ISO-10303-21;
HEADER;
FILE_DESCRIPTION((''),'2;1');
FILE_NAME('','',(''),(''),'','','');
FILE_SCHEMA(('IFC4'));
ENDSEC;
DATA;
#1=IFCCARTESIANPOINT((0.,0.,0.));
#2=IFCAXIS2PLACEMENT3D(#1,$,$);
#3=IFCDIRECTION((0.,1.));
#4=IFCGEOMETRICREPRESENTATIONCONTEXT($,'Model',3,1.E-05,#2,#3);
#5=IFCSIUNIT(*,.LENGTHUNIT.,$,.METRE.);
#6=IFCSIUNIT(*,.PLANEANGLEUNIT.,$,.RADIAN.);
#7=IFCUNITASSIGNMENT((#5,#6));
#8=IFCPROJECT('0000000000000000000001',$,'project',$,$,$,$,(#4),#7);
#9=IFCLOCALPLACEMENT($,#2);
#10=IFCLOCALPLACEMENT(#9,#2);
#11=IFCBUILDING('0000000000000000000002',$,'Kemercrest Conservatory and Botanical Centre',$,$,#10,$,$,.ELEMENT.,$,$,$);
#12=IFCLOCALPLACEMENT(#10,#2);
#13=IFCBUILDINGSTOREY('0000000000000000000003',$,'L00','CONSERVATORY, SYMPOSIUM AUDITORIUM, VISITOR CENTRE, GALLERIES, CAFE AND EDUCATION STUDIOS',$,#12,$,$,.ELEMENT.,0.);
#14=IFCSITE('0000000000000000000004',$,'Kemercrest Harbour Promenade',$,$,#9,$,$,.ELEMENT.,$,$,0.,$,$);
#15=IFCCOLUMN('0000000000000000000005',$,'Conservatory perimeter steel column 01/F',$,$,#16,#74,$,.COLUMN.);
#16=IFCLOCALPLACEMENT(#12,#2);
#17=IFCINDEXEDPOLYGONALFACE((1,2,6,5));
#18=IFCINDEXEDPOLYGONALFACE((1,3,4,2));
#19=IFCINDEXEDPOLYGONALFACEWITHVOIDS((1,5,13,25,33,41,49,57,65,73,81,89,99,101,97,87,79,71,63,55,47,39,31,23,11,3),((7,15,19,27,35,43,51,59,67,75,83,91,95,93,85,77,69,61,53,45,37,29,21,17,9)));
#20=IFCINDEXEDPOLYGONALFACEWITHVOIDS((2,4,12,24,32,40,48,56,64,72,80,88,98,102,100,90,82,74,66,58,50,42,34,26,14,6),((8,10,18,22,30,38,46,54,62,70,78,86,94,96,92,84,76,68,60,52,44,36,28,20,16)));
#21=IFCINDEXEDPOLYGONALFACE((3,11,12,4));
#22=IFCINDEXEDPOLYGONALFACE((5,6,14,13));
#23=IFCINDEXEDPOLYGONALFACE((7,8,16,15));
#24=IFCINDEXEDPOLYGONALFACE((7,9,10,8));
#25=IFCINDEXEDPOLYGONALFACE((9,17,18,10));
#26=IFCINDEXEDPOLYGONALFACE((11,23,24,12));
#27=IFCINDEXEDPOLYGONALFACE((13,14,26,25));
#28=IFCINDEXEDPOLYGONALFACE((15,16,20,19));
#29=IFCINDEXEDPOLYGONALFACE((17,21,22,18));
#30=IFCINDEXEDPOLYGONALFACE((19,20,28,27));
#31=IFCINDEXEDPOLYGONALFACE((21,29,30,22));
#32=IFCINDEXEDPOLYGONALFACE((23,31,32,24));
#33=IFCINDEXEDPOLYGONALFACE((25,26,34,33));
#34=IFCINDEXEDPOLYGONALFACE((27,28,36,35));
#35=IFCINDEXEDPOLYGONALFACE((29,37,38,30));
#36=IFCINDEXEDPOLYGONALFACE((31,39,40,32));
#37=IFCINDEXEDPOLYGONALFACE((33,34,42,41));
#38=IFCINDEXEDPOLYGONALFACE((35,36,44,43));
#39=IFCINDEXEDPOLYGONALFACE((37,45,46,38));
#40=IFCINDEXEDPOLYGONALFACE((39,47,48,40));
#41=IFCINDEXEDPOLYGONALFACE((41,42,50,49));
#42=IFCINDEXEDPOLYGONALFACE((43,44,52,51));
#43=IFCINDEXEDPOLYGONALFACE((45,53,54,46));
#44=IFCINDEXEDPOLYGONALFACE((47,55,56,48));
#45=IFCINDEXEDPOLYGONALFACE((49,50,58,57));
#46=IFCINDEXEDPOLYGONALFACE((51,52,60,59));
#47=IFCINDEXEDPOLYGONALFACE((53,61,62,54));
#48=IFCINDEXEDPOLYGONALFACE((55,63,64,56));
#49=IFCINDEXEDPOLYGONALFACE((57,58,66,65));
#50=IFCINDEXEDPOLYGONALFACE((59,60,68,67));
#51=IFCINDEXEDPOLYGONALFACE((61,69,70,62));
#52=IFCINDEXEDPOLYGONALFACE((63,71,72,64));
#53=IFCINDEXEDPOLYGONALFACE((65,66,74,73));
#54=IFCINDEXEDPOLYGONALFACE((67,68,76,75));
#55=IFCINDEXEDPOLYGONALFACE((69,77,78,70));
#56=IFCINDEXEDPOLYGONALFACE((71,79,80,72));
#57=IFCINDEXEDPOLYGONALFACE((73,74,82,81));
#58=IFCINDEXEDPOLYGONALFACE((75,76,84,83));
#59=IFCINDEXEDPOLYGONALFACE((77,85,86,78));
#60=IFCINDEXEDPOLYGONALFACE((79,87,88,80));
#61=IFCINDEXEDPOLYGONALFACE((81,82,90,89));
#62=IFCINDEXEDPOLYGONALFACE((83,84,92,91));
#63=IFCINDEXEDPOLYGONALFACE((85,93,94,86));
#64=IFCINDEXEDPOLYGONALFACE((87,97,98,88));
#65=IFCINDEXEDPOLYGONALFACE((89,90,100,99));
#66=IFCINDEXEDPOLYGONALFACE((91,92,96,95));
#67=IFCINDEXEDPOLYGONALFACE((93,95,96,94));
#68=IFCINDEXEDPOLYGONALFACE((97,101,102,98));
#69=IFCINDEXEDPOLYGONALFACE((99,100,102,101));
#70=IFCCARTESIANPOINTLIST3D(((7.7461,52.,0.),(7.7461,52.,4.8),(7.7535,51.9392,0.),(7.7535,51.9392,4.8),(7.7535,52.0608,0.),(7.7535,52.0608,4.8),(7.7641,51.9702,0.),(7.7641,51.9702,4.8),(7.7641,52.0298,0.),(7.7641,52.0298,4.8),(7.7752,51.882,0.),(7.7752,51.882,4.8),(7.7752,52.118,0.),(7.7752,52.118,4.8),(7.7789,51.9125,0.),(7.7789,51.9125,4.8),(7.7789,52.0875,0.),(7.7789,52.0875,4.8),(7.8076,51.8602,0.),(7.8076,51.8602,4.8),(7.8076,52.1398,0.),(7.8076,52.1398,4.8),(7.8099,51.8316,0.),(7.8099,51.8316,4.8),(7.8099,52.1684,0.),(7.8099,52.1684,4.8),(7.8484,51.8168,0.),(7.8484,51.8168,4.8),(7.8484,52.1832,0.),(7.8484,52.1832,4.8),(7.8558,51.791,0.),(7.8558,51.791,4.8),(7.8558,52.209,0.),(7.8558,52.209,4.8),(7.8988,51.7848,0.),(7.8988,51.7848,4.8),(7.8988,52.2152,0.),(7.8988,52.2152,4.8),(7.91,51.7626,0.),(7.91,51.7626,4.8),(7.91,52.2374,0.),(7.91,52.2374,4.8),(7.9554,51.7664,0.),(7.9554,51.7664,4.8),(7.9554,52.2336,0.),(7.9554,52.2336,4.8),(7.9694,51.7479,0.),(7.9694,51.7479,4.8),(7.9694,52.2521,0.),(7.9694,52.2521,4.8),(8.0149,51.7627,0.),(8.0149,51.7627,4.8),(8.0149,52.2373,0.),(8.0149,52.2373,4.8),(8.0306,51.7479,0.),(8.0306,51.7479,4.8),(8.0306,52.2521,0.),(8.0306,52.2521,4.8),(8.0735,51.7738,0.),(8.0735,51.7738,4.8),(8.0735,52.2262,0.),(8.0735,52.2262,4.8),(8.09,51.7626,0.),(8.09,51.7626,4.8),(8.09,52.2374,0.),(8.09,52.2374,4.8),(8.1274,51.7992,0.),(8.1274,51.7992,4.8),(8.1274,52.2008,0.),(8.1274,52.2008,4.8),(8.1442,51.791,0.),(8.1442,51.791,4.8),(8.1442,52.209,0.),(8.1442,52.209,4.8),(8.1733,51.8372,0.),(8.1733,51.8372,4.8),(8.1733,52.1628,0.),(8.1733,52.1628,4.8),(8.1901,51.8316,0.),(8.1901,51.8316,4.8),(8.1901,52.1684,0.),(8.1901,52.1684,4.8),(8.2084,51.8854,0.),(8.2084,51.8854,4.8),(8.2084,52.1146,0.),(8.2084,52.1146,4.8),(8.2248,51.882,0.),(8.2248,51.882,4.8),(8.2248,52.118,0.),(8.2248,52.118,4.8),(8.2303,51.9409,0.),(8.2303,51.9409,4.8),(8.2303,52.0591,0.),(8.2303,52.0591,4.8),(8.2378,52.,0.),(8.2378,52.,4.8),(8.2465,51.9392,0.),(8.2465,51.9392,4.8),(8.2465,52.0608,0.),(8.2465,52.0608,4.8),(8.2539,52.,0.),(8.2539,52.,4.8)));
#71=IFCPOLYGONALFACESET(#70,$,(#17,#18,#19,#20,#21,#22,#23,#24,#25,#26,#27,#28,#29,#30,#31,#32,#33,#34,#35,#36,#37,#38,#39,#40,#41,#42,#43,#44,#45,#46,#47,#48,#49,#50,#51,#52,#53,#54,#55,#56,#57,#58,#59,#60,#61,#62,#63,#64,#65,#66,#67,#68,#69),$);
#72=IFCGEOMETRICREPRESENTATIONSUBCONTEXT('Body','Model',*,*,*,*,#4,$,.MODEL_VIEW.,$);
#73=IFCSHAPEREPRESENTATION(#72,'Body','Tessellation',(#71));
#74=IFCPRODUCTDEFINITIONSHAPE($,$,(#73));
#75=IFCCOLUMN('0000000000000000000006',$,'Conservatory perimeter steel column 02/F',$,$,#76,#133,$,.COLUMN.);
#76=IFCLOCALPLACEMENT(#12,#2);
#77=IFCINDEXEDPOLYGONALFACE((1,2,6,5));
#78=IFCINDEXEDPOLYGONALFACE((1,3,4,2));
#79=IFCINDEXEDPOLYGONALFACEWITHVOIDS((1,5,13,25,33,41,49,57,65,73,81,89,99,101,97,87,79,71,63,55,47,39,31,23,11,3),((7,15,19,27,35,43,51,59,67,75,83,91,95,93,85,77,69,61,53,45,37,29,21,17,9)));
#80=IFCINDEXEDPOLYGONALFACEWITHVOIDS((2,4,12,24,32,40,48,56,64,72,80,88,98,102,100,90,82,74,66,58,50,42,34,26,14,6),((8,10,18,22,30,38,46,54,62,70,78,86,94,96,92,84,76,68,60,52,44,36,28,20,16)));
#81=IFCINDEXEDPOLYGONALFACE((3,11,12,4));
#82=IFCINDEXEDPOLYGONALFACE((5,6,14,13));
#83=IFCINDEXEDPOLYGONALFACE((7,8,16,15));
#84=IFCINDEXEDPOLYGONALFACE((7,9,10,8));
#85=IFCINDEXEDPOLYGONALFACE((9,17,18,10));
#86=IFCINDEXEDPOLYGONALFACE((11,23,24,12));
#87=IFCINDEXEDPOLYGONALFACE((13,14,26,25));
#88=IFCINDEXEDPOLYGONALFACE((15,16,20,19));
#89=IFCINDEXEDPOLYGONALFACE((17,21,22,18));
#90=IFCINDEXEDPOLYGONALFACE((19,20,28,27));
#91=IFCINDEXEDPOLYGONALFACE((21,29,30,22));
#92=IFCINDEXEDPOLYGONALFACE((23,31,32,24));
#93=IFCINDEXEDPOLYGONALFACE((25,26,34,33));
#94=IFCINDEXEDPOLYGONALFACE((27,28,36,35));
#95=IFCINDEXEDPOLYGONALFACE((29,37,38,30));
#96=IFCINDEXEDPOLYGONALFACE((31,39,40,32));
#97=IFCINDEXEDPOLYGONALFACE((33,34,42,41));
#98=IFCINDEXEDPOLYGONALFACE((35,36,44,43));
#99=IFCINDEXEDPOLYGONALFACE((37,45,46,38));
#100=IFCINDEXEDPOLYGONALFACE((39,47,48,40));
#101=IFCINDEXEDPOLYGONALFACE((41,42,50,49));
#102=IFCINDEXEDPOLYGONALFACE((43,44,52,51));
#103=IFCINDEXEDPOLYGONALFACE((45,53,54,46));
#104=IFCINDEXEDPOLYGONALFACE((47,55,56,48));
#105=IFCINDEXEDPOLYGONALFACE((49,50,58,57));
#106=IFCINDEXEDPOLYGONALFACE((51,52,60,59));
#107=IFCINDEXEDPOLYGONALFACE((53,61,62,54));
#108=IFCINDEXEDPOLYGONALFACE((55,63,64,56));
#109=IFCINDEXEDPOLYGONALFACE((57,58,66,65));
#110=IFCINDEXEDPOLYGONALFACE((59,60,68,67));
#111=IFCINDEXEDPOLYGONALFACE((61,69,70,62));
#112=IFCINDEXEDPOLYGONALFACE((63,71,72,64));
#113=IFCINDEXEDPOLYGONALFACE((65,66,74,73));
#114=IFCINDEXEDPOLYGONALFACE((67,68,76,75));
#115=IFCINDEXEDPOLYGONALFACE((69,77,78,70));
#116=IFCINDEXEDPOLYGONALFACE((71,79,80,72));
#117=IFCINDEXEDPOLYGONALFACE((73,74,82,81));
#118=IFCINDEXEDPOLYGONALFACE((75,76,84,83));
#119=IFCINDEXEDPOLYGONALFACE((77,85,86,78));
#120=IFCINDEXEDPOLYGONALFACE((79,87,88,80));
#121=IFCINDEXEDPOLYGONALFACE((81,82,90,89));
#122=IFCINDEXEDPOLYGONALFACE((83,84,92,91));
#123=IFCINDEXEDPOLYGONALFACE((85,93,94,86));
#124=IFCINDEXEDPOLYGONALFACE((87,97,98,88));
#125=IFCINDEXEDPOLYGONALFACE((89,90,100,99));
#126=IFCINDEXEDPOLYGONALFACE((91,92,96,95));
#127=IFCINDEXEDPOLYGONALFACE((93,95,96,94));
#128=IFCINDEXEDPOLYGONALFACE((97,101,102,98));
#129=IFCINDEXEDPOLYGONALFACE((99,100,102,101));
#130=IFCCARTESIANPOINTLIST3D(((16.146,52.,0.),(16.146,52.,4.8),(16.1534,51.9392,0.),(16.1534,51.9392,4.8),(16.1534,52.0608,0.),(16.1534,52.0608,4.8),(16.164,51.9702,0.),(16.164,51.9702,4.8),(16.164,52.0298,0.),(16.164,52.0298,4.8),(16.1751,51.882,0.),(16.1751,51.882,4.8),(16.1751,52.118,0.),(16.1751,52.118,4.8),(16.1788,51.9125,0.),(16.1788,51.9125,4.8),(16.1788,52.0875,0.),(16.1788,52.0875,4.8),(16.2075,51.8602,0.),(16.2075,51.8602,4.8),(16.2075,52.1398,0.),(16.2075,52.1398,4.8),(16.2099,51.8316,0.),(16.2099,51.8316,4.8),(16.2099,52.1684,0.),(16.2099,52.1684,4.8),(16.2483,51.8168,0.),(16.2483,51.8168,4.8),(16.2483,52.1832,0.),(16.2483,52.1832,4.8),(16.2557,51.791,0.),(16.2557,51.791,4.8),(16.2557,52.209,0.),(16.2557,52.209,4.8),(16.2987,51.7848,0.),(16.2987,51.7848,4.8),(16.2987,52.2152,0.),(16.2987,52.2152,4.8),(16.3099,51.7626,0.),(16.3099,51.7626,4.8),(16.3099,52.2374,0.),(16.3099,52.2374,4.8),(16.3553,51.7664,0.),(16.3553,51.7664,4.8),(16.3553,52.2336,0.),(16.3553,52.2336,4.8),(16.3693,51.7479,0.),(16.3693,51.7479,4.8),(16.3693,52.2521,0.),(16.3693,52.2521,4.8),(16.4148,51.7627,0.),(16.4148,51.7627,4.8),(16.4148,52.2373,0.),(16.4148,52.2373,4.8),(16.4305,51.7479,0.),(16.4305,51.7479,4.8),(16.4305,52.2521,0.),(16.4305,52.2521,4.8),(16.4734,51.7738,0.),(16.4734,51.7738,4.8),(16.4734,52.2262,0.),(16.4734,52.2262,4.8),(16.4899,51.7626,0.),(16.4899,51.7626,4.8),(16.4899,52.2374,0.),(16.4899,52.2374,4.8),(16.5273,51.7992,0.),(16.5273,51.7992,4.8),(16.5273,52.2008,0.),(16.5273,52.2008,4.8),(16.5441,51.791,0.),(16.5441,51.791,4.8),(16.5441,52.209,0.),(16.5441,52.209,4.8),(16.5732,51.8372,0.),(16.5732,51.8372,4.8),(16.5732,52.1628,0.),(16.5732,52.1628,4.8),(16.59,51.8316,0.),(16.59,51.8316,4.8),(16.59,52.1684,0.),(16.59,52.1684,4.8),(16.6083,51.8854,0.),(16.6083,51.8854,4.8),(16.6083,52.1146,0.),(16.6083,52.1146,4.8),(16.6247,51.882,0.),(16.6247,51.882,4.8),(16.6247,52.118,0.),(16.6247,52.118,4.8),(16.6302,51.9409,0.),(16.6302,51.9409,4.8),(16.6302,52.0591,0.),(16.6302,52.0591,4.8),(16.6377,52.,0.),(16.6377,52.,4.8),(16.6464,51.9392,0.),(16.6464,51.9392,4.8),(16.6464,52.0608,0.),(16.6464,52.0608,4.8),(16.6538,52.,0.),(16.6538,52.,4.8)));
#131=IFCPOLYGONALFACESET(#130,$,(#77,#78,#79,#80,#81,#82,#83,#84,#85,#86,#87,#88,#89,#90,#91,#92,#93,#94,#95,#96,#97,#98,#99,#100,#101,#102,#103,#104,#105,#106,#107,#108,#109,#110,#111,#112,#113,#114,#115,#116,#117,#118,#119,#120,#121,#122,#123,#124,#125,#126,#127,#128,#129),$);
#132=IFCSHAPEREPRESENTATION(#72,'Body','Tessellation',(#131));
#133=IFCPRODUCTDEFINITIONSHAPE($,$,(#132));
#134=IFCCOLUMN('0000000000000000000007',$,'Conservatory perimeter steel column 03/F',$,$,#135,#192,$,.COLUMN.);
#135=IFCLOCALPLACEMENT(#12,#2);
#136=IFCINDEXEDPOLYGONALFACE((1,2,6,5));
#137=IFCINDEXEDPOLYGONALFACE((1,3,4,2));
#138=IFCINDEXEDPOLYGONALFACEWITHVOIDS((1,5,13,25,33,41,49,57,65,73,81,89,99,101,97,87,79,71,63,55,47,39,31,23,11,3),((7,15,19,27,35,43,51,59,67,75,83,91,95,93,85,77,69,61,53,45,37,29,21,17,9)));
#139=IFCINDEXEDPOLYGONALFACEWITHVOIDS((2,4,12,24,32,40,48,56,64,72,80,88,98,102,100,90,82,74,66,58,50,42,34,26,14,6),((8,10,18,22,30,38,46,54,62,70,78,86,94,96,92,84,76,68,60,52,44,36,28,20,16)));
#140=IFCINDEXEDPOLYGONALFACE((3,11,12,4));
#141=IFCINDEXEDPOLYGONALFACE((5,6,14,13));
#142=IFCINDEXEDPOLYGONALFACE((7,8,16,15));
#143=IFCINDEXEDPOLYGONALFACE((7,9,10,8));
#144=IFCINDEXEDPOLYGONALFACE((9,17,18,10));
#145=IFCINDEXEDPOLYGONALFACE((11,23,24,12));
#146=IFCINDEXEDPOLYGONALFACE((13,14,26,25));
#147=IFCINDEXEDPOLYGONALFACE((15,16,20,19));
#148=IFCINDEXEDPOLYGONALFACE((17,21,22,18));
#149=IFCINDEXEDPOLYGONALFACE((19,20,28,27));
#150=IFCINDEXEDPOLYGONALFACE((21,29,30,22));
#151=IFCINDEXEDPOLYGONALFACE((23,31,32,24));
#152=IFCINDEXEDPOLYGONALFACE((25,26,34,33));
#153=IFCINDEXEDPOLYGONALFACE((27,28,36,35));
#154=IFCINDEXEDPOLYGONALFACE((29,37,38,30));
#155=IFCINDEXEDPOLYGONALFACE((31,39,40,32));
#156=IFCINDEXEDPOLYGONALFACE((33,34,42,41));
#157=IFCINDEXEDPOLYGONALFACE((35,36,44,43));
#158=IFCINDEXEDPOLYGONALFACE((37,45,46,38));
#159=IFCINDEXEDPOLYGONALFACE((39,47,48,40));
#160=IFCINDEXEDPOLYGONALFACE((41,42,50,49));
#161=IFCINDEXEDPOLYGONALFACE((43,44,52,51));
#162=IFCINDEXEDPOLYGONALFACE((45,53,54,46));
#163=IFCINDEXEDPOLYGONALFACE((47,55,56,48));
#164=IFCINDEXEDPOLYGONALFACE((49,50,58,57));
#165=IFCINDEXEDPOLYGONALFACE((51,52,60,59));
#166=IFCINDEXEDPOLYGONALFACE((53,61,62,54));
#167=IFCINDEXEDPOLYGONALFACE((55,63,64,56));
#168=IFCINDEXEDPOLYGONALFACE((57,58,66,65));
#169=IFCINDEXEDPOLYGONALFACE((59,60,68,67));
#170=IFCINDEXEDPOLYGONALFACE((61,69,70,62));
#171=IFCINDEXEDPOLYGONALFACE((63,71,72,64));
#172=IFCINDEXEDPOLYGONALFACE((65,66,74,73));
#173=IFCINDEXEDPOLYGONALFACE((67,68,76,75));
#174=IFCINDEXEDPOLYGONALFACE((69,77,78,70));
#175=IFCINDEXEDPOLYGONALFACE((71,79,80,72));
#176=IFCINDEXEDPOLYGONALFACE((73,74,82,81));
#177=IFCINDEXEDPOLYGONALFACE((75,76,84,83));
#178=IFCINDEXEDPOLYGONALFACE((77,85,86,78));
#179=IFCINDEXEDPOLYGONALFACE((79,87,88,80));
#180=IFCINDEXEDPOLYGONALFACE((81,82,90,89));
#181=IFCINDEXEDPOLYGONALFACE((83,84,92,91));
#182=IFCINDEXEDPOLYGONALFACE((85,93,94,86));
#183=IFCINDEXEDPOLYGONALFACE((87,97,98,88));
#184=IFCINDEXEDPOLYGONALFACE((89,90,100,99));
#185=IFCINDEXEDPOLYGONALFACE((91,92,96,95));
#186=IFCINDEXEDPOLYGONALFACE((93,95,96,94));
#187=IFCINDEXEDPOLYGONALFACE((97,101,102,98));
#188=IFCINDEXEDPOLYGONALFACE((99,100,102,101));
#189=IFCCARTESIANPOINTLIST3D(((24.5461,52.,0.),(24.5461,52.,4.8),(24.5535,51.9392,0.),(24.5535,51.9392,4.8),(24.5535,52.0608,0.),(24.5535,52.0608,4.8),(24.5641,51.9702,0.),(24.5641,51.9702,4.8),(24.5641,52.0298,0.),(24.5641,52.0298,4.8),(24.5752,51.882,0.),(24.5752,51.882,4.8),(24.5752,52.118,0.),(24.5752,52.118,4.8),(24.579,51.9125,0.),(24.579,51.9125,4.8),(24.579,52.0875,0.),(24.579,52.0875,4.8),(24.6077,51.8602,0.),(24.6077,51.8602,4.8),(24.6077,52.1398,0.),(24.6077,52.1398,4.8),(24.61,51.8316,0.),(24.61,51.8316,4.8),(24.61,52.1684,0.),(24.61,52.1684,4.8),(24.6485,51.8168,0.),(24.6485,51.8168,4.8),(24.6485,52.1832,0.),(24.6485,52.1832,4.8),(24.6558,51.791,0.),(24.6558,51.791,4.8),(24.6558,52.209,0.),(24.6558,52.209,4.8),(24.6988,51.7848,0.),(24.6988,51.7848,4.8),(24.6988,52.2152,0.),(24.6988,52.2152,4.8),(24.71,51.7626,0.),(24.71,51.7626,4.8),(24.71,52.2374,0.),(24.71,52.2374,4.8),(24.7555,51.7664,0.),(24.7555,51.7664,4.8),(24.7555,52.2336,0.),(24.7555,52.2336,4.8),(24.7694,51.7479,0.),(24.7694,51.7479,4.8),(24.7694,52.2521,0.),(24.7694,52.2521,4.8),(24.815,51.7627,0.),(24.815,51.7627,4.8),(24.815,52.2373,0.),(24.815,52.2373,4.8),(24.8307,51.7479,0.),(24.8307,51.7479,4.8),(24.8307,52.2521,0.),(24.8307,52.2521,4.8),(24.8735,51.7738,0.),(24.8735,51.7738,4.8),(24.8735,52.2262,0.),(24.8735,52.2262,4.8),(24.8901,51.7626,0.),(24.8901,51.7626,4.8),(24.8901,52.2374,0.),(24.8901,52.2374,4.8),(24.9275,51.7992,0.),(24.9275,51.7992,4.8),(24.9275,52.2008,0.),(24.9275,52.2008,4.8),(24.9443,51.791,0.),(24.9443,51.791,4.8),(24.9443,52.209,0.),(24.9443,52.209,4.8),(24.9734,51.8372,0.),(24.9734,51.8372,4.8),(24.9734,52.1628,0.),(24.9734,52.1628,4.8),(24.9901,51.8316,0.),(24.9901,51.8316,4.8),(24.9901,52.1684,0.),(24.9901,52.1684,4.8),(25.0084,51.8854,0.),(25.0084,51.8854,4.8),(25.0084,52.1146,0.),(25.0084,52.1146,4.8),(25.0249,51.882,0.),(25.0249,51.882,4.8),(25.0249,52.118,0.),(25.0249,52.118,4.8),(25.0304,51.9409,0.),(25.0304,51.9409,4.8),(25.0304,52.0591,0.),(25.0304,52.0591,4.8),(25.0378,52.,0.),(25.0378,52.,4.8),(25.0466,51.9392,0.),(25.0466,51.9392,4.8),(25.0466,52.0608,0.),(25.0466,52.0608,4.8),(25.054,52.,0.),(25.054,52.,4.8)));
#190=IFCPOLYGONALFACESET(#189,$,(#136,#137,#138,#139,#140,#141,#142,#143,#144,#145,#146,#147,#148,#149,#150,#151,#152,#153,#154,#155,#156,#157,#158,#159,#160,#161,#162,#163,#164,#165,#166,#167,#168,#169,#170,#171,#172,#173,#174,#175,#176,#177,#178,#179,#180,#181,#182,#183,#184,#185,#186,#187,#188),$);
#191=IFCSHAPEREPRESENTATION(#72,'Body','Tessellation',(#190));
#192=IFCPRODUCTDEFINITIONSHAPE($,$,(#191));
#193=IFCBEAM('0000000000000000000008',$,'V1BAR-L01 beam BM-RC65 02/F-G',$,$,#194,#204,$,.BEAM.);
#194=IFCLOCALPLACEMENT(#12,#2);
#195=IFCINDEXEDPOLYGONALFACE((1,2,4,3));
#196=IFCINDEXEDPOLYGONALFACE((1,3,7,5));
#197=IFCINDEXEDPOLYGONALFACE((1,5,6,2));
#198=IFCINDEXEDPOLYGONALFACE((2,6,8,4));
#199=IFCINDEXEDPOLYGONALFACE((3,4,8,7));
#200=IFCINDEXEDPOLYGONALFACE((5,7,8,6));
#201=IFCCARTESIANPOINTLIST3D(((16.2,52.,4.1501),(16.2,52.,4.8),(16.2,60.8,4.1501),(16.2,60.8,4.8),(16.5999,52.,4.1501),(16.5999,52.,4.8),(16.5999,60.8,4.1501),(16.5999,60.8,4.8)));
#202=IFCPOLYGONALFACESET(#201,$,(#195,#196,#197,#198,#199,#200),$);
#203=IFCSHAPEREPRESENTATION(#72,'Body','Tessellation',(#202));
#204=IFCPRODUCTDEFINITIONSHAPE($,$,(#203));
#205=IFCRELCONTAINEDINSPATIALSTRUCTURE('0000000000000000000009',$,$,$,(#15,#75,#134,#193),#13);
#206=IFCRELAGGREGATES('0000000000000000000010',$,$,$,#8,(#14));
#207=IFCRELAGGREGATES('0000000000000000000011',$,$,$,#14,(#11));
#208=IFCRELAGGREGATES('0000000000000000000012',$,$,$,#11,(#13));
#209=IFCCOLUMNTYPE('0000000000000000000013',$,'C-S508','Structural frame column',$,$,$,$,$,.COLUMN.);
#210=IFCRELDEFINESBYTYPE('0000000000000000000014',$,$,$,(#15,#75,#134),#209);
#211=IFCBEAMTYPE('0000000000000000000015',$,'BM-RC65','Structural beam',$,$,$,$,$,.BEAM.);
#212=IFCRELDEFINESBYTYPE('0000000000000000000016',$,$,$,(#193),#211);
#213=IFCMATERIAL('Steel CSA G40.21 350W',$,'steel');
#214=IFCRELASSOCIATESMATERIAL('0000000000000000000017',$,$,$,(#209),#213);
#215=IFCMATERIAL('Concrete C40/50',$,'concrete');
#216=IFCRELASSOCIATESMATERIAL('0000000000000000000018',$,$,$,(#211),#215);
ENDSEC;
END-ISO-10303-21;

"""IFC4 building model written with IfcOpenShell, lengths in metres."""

from ifc_helpers import new_model, si_unit, direction, frame, origin, origin_2d, place, context, subcontext, project, spatial, rectangle, hollow_circle, extrude, material, material_profile, profile_set, type_object, element, save


model = new_model("IFC4")

# Units and contexts
model_context = context("Model", 3, precision=1e-05, world=origin(), true_north=direction((0.0, 1.0)))
body_context = subcontext(model_context, "Body", "Model", "MODEL_VIEW")
ifc_project = project(units=[si_unit("LENGTHUNIT", "METRE"), si_unit("PLANEANGLEUNIT", "RADIAN")], contexts=[model_context])

# Site, building, storey
site_placement = place(None, origin())
site = spatial("IfcSite", under=ifc_project, at=site_placement, Name="Kemercrest Harbour Promenade", CompositionType="ELEMENT", RefElevation=0.0)
building_placement = place(site_placement, origin())
building = spatial("IfcBuilding", under=site, at=building_placement, Name="Kemercrest Conservatory and Botanical Centre", CompositionType="ELEMENT")
storey_placement = place(building_placement, origin())
storey = spatial("IfcBuildingStorey", under=building, at=storey_placement, Name="L00", Description="CONSERVATORY, SYMPOSIUM AUDITORIUM, VISITOR CENTRE, GALLERIES, CAFE AND EDUCATION STUDIOS", CompositionType="ELEMENT", Elevation=0.0)

# Columns
ifc_material_1 = material(Name="Steel CSA G40.21 350W", Category="steel")
ifc_material_profile_1 = material_profile(ifc_material_1, hollow_circle(Radius=0.2539, WallThickness=0.0161, at=origin_2d()), Name="CHS 508.0x16.0")
ifc_profile_set_1 = profile_set([ifc_material_profile_1], Name="Steel CSA G40.21 350W")
column_type = type_object("IfcColumnType", Name="C-S508", Description="Structural frame column", PredefinedType="COLUMN", material=ifc_profile_set_1)
for number, where, z_axis, x_axis, name in (
    (1, (8.0, 52.0, 0.0), (0.0, 0.0, 1.0), (1.0, 0.0, 0.0), "Conservatory perimeter steel column 01/F"),
    (2, (16.3999, 52.0, 0.0), (0.0, 0.0, 1.0), (1.0, 0.0, 0.0), "Conservatory perimeter steel column 02/F"),
    (3, (24.8, 52.0, 0.0), (0.0, 0.0, 1.0), (1.0, 0.0, 0.0), "Conservatory perimeter steel column 03/F"),
):
    element("IfcColumn", number, at=place(storey_placement, frame(where, z_axis=z_axis, x_axis=x_axis)), inside=storey, type_object=column_type, Name=name, PredefinedType="COLUMN", context=body_context, shape_type="SweptSolid", body=[
        extrude(hollow_circle(Radius=0.2539, WallThickness=0.0161, at=origin_2d()), origin(), (0.0, 0.0, 1.0), 4.8),
    ])

# Beam
ifc_material_2 = material(Name="Concrete C40/50", Category="concrete")
ifc_material_profile_2 = material_profile(ifc_material_2, rectangle(XDim=0.3999, YDim=0.6499, at=origin_2d()), Name="RC 400x650")
ifc_profile_set_2 = profile_set([ifc_material_profile_2], Name="Concrete C40/50")
beam_type_1 = type_object("IfcBeamType", Name="BM-RC65", Description="Structural beam", PredefinedType="BEAM", material=ifc_profile_set_2)
for number, where, z_axis, x_axis, name in (
    (4, (16.3999, 52.0, 4.4751), (0.0, 1.0, 0.0), (-1.0, 0.0, 0.0), "V1BAR-L01 beam BM-RC65 02/F-G"),
):
    element("IfcBeam", number, at=place(storey_placement, frame(where, z_axis=z_axis, x_axis=x_axis)), inside=storey, type_object=beam_type_1, Name=name, PredefinedType="BEAM", context=body_context, shape_type="SweptSolid", body=[
        extrude(rectangle(XDim=0.3999, YDim=0.6499, at=origin_2d()), origin(), (0.0, 0.0, 1.0), 8.8),
    ])

save(model, "model.ifc")
